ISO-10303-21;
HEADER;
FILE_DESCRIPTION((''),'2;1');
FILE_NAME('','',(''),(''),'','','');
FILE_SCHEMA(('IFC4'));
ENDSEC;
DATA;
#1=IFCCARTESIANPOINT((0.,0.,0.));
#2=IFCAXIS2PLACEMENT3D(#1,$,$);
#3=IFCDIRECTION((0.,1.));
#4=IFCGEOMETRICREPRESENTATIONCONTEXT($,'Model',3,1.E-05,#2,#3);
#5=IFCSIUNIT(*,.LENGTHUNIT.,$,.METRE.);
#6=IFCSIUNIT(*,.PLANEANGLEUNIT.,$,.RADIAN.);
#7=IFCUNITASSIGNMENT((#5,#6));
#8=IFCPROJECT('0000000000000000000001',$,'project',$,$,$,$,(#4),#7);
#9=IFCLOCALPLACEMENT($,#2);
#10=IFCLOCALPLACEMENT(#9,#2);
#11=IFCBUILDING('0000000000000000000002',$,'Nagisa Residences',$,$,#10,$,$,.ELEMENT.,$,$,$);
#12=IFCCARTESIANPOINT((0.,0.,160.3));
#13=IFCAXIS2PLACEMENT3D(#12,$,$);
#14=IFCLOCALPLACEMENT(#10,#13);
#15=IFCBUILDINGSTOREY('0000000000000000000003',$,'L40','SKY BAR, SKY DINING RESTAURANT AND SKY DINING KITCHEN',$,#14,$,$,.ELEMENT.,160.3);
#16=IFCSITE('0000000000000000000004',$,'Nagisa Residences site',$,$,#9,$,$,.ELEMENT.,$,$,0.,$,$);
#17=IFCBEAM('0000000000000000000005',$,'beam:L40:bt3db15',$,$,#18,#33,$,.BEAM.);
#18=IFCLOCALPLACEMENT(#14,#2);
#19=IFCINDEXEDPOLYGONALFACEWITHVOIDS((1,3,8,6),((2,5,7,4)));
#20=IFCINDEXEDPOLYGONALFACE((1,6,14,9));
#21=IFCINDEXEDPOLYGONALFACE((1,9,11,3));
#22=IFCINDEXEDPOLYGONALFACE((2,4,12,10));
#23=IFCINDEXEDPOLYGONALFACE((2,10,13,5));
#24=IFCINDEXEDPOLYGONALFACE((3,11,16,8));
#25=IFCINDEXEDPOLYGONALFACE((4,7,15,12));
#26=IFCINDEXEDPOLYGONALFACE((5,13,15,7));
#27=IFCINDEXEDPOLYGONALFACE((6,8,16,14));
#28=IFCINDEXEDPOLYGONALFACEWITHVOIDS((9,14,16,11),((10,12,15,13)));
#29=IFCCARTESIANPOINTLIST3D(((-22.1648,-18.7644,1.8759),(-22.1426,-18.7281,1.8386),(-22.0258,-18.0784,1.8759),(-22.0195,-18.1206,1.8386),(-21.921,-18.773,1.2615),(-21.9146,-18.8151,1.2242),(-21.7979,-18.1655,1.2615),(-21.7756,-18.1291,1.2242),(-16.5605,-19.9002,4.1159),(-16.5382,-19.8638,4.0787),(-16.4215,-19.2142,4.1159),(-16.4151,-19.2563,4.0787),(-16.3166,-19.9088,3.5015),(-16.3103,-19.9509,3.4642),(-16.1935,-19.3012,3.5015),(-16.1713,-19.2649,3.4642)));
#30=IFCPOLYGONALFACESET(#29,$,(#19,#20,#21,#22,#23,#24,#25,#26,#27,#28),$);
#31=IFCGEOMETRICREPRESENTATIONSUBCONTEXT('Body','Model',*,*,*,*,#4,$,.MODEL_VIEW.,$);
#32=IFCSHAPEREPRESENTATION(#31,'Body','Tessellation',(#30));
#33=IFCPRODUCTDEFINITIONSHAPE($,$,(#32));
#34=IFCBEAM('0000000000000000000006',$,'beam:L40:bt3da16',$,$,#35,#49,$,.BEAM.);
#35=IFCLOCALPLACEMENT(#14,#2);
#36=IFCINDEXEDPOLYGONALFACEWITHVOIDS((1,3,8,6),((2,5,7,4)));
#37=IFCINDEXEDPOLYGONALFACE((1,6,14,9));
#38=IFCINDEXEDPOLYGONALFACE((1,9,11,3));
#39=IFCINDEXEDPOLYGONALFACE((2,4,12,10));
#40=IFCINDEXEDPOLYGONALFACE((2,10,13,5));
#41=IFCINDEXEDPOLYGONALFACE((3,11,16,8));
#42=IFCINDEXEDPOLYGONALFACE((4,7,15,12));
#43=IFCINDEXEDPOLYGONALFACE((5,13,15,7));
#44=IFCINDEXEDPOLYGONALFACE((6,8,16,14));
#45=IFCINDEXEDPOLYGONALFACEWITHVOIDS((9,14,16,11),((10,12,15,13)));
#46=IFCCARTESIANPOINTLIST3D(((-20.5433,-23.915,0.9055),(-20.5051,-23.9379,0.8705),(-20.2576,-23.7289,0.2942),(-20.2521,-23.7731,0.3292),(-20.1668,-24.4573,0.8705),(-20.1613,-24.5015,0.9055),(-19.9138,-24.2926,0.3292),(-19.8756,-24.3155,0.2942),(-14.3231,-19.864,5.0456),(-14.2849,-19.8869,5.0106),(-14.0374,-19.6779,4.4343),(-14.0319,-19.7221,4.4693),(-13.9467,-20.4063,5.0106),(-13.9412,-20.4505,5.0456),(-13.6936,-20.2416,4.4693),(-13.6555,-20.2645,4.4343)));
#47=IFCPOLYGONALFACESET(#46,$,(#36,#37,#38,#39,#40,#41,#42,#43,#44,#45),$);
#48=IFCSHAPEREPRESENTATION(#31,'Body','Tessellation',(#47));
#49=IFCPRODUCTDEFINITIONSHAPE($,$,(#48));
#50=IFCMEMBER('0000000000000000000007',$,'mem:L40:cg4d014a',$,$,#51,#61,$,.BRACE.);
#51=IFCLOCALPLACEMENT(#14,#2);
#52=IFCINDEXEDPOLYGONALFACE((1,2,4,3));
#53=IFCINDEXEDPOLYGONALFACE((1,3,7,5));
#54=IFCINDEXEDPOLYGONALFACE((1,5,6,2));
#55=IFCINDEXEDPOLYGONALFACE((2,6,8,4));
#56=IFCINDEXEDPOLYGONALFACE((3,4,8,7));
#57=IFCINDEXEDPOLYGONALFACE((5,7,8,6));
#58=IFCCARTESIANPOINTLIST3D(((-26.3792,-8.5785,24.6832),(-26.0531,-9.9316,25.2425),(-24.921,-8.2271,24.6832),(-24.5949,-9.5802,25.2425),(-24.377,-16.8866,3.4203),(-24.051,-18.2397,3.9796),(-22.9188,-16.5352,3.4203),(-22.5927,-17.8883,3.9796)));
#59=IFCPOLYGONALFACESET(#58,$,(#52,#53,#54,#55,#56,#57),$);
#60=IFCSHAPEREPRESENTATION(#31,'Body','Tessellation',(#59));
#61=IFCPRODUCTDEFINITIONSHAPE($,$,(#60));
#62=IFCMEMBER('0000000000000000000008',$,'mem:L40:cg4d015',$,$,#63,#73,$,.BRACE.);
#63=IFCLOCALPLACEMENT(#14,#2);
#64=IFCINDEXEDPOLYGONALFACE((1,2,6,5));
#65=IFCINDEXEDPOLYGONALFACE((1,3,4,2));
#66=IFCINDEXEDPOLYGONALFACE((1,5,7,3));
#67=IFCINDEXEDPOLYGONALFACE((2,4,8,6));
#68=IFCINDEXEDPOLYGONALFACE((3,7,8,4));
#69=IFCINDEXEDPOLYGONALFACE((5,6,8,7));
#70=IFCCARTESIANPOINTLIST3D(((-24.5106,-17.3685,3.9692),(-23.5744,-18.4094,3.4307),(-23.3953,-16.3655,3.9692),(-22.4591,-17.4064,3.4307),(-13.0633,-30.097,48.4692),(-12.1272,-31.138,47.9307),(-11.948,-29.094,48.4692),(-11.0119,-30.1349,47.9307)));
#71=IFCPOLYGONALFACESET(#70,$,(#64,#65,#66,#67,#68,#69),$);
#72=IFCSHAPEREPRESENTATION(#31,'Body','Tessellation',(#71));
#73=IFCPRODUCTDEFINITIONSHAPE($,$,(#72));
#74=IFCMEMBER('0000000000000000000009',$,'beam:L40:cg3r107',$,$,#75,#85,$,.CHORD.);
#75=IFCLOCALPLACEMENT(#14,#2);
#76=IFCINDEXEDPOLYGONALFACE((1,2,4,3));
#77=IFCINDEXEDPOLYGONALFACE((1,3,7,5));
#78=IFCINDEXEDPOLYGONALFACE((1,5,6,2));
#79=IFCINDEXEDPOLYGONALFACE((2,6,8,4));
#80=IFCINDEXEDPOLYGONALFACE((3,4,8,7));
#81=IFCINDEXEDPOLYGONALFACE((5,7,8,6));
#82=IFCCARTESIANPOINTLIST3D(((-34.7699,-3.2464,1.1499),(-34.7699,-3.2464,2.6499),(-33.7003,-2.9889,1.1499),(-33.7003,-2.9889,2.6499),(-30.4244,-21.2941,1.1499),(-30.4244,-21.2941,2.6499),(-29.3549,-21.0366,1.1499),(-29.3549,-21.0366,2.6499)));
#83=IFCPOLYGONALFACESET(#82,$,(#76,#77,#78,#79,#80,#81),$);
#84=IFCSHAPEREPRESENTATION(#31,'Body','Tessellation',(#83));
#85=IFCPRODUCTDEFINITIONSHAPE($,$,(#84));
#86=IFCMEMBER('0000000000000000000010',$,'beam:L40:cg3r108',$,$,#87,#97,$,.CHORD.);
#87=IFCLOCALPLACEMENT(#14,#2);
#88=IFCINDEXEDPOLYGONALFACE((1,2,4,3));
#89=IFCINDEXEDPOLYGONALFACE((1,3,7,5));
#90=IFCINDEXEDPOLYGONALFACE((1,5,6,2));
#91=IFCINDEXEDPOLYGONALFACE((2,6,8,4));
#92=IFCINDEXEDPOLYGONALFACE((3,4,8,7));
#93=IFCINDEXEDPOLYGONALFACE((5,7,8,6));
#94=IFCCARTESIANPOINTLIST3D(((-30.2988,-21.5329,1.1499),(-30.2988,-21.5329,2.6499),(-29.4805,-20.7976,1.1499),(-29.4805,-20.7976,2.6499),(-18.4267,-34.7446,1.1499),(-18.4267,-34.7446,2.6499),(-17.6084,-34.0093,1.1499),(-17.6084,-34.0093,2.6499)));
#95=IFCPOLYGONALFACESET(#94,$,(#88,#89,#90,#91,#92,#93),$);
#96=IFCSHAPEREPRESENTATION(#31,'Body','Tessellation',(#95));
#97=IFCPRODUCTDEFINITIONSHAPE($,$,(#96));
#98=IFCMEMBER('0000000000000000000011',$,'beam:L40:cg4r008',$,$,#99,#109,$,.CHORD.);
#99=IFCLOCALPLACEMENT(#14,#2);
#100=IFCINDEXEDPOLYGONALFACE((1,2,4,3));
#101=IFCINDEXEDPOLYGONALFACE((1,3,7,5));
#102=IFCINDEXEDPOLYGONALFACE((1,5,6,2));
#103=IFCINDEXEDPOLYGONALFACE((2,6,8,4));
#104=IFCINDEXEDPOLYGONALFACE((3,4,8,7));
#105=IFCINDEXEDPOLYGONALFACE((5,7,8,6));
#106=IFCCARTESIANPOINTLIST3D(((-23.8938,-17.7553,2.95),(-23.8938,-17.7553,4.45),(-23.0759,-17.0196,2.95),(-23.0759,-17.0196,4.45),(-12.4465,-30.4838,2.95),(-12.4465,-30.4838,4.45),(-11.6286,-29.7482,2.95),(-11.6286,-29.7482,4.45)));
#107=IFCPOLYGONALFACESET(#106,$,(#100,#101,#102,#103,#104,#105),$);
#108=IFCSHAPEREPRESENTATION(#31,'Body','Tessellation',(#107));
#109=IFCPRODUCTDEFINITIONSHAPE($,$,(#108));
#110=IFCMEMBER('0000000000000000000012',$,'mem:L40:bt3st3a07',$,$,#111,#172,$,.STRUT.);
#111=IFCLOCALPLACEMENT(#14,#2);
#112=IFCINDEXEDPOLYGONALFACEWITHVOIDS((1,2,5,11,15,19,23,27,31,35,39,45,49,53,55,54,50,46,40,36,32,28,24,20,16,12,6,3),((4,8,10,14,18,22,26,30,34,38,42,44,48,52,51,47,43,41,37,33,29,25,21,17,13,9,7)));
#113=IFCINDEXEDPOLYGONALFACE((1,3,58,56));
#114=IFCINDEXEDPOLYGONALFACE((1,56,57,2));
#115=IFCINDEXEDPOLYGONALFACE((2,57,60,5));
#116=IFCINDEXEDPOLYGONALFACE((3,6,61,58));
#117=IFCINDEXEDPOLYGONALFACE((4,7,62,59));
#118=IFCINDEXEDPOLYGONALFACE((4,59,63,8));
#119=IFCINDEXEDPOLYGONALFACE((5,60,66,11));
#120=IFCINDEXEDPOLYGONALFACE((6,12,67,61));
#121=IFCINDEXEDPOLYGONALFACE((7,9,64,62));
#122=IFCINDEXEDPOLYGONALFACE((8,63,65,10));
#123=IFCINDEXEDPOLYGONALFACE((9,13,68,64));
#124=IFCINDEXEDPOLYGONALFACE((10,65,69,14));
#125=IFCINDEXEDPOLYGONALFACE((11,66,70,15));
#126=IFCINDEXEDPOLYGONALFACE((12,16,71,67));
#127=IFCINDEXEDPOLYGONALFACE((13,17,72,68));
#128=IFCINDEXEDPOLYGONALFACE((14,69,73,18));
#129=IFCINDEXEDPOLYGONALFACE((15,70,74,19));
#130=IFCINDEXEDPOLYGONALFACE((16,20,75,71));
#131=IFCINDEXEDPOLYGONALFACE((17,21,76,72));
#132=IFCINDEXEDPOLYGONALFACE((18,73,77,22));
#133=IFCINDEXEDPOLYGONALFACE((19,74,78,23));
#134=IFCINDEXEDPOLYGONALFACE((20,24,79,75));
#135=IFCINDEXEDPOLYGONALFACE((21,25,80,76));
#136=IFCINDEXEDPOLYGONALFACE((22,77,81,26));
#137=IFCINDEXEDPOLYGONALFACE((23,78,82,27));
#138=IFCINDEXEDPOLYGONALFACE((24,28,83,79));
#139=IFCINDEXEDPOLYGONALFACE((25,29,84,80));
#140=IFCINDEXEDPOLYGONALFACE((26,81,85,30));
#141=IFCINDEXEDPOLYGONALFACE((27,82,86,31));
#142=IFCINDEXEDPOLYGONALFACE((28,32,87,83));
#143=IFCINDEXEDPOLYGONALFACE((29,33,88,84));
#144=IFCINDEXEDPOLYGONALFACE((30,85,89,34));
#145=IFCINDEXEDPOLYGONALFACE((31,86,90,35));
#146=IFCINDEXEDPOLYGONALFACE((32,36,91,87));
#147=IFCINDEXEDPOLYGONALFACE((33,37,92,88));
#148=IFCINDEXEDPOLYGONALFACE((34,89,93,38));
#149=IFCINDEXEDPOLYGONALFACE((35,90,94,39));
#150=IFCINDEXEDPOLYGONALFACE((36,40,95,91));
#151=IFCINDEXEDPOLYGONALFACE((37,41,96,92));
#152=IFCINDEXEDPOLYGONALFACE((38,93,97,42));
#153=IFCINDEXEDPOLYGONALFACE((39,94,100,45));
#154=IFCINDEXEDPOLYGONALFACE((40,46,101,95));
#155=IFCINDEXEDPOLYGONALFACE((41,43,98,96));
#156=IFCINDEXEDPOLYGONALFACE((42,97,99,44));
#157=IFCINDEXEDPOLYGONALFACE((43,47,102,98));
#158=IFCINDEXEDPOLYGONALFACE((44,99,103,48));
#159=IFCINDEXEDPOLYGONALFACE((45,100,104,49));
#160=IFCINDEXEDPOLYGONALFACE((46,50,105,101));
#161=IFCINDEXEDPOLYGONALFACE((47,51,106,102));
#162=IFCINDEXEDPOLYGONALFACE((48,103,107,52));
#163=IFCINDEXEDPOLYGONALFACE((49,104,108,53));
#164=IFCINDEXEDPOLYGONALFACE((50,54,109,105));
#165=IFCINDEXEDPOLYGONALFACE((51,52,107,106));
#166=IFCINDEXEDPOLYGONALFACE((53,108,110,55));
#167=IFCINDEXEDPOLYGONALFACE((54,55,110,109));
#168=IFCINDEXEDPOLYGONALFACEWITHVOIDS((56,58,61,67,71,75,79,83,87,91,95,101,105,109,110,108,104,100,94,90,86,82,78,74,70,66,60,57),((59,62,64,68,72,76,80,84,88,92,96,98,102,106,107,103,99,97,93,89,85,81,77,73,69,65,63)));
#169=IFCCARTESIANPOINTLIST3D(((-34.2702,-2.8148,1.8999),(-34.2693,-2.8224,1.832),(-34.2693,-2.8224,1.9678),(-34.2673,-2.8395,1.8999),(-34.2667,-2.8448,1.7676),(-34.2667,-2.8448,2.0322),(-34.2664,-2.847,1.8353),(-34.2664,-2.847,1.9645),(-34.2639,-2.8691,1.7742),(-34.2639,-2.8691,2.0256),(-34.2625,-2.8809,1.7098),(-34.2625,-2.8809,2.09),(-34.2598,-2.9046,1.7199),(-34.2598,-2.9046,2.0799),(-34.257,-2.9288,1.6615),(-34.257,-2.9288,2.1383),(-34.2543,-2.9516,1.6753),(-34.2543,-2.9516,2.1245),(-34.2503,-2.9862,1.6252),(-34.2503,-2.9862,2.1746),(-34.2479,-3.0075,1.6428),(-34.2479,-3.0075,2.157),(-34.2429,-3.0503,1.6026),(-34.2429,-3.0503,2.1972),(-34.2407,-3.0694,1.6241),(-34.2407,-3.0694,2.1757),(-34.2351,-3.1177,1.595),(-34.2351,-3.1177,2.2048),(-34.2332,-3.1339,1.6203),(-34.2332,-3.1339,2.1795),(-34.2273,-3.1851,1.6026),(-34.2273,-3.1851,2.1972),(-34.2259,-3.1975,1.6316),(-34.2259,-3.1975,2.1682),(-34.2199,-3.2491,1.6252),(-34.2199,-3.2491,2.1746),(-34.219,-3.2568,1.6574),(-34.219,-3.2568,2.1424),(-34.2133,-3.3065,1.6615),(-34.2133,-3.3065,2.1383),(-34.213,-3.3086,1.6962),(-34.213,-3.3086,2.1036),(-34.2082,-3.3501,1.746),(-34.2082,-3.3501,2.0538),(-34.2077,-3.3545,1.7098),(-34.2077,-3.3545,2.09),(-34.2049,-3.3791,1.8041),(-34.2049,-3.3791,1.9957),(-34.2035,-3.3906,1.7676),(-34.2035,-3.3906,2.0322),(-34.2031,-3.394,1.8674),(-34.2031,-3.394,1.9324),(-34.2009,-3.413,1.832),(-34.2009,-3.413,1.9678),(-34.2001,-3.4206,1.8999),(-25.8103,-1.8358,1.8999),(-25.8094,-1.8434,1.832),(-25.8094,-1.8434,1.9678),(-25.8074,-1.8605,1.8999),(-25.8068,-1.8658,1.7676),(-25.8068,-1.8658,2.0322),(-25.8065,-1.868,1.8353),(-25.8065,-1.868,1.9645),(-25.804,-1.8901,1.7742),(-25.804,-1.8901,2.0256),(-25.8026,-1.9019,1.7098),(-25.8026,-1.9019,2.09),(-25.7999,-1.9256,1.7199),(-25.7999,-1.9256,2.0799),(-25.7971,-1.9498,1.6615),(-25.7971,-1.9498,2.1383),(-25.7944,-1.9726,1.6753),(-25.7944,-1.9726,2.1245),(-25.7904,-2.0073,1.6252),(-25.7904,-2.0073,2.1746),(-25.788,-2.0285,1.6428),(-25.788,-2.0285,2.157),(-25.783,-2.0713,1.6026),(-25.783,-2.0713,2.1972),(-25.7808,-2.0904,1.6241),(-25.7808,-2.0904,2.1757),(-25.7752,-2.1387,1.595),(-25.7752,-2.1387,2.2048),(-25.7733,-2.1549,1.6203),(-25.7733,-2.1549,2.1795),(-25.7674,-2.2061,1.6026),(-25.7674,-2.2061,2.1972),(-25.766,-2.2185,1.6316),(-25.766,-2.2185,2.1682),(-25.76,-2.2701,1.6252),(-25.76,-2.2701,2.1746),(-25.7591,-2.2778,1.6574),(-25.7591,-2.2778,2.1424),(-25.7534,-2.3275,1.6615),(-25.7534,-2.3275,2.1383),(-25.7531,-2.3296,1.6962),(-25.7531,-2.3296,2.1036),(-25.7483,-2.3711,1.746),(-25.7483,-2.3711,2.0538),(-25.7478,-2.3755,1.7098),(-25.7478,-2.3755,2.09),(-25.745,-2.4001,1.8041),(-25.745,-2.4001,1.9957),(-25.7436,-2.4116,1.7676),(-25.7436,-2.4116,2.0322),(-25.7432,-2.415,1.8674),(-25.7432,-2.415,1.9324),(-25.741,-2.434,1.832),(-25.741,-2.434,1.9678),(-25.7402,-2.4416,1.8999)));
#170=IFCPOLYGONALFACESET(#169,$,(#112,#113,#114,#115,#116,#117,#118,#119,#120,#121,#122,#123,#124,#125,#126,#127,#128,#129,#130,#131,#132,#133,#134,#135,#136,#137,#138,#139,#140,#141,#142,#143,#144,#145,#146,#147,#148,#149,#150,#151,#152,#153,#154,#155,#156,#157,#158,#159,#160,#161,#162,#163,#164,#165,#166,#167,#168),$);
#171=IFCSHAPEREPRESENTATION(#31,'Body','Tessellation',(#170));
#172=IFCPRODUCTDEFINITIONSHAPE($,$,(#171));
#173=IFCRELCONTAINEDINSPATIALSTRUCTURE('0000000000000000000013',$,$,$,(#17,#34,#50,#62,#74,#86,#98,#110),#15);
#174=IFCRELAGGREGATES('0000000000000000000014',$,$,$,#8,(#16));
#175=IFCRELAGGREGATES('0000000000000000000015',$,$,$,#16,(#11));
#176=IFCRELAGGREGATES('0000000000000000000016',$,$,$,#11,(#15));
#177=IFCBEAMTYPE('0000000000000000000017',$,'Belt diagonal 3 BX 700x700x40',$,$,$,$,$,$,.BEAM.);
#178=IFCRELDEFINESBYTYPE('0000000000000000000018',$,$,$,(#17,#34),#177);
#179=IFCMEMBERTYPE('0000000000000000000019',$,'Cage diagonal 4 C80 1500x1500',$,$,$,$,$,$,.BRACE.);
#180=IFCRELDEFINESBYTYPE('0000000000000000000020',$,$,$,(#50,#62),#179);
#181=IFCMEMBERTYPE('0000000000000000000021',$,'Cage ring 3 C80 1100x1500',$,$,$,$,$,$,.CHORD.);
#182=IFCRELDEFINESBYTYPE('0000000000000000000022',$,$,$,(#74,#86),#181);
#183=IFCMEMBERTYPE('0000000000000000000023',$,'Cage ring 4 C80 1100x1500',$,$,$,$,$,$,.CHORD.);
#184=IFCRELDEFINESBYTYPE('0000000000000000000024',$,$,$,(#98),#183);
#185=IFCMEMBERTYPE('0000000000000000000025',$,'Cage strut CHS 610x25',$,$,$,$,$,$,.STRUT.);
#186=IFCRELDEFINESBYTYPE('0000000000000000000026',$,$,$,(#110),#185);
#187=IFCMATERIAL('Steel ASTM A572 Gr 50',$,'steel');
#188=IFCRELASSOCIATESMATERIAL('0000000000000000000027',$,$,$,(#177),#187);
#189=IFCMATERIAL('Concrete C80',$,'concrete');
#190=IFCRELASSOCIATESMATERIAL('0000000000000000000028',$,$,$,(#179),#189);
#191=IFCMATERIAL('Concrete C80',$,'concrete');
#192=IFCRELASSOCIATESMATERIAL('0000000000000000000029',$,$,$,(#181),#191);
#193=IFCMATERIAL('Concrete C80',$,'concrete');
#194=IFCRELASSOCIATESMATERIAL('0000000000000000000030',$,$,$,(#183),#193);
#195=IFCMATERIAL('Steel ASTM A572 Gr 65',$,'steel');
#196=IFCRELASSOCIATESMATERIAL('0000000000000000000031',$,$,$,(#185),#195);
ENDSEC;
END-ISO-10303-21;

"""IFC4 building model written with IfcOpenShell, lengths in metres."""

from ifc_helpers import new_model, si_unit, direction, frame, origin, origin_2d, place, context, subcontext, project, spatial, rectangle, hollow_rectangle, hollow_circle, extrude, material, material_profile, profile_set, type_object, element, save


model = new_model("IFC4")

# Units and contexts
model_context = context("Model", 3, precision=1e-05, world=origin(), true_north=direction((0.0, 1.0)))
body_context = subcontext(model_context, "Body", "Model", "MODEL_VIEW")
ifc_project = project(units=[si_unit("LENGTHUNIT", "METRE"), si_unit("PLANEANGLEUNIT", "RADIAN")], contexts=[model_context])

# Site, building, storey
site_placement = place(None, origin())
site = spatial("IfcSite", under=ifc_project, at=site_placement, Name="Nagisa Residences site", CompositionType="ELEMENT", RefElevation=0.0)
building_placement = place(site_placement, origin())
building = spatial("IfcBuilding", under=site, at=building_placement, Name="Nagisa Residences", CompositionType="ELEMENT")
storey_placement = place(building_placement, frame((0.0, 0.0, 160.3)))
storey = spatial("IfcBuildingStorey", under=building, at=storey_placement, Name="L40", Description="SKY BAR, SKY DINING RESTAURANT AND SKY DINING KITCHEN", CompositionType="ELEMENT", Elevation=160.3)

# Beams
ifc_material_1 = material(Name="Steel ASTM A572 Gr 50", Category="steel")
ifc_material_profile_1 = material_profile(ifc_material_1, hollow_rectangle(XDim=0.7, YDim=0.7, WallThickness=0.04, at=origin_2d()), Name="BX 700x700x40")
ifc_profile_set_1 = profile_set([ifc_material_profile_1], Name="Steel ASTM A572 Gr 50")
beam_type = type_object("IfcBeamType", Name="Belt diagonal 3 BX 700x700x40", PredefinedType="BEAM", material=ifc_profile_set_1)
beam_1_placement = place(storey_placement, frame((-21.9702, -18.4468, 1.55), z_axis=(0.912557, -0.184936, 0.364744), x_axis=(0.19862, 0.980077, 0.0)))
element("IfcBeam", 1, at=beam_1_placement, inside=storey, type_object=beam_type, Name="beam:L40:bt3db15", PredefinedType="BEAM", context=body_context, shape_type="SweptSolid", body=[
    extrude(hollow_rectangle(XDim=0.7, YDim=0.7, WallThickness=0.04, at=origin_2d()), origin(), (0.0, 0.0, 1.0), 6.1414),
])
beam_2_placement = place(storey_placement, frame((-20.2095, -24.1152, 0.5999), z_axis=(0.731827, 0.476616, 0.4871), x_axis=(-0.545735, 0.837958, 0.0)))
element("IfcBeam", 2, at=beam_2_placement, inside=storey, type_object=beam_type, Name="beam:L40:bt3da16", PredefinedType="BEAM", context=body_context, shape_type="SweptSolid", body=[
    extrude(hollow_rectangle(XDim=0.7, YDim=0.7, WallThickness=0.04, at=origin_2d()), origin(), (0.0, 0.0, 1.0), 8.4995),
])

# Members
ifc_material_2 = material(Name="Concrete C80", Category="concrete")
ifc_material_profile_2 = material_profile(ifc_material_2, rectangle(XDim=1.5, YDim=1.5, at=origin_2d()), Name="C80 1500x1500")
ifc_profile_set_2 = profile_set([ifc_material_profile_2], Name="Concrete C80")
member_type_1 = type_object("IfcMemberType", Name="Cage diagonal 4 C80 1500x1500", PredefinedType="BRACE", material=ifc_profile_set_2)
member_1_placement = place(storey_placement, frame((-23.4849, -17.3875, 3.7), z_axis=(-0.087371, 0.362545, 0.927862), x_axis=(-0.972168, -0.234286, 0.0)))
element("IfcMember", 3, at=member_1_placement, inside=storey, type_object=member_type_1, Name="mem:L40:cg4d014a", PredefinedType="BRACE", context=body_context, shape_type="SweptSolid", body=[
    extrude(rectangle(XDim=1.5, YDim=1.5, at=origin_2d()), origin(), (0.0, 0.0, 1.0), 22.916),
])
member_2_placement = place(storey_placement, frame((-23.4849, -17.3875, 3.7), z_axis=(0.240089, -0.266962, 0.933321), x_axis=(0.743538, 0.668694, 0.0)))
element("IfcMember", 4, at=member_2_placement, inside=storey, type_object=member_type_1, Name="mem:L40:cg4d015", PredefinedType="BRACE", context=body_context, shape_type="SweptSolid", body=[
    extrude(rectangle(XDim=1.5, YDim=1.5, at=origin_2d()), origin(), (0.0, 0.0, 1.0), 47.6792),
])
ifc_material_3 = material(Name="Concrete C80", Category="concrete")
ifc_material_profile_3 = material_profile(ifc_material_3, rectangle(XDim=1.1001, YDim=1.5, at=origin_2d()), Name="C80 1100x1500")
ifc_profile_set_3 = profile_set([ifc_material_profile_3], Name="Concrete C80")
member_type_2 = type_object("IfcMemberType", Name="Cage ring 3 C80 1100x1500", PredefinedType="CHORD", material=ifc_profile_set_3)
member_3_placement = place(storey_placement, frame((-34.2351, -3.1177, 1.8999), z_axis=(0.234088, -0.972215, 0.0), x_axis=(0.972215, 0.234088, 0.0)))
element("IfcMember", 5, at=member_3_placement, inside=storey, type_object=member_type_2, Name="beam:L40:cg3r107", PredefinedType="CHORD", context=body_context, shape_type="SweptSolid", body=[
    extrude(rectangle(XDim=1.1001, YDim=1.5, at=origin_2d()), origin(), (0.0, 0.0, 1.0), 18.5635),
])
member_4_placement = place(storey_placement, frame((-29.8896, -21.1653, 1.8999), z_axis=(0.668391, -0.74381, 0.0), x_axis=(0.74381, 0.668391, 0.0)))
element("IfcMember", 6, at=member_4_placement, inside=storey, type_object=member_type_2, Name="beam:L40:cg3r108", PredefinedType="CHORD", context=body_context, shape_type="SweptSolid", body=[
    extrude(rectangle(XDim=1.1001, YDim=1.5, at=origin_2d()), origin(), (0.0, 0.0, 1.0), 17.7622),
])
ifc_material_4 = material(Name="Concrete C80", Category="concrete")
ifc_material_profile_4 = material_profile(ifc_material_4, rectangle(XDim=1.1001, YDim=1.5, at=origin_2d()), Name="C80 1100x1500")
ifc_profile_set_4 = profile_set([ifc_material_profile_4], Name="Concrete C80")
member_type_3 = type_object("IfcMemberType", Name="Cage ring 4 C80 1100x1500", PredefinedType="CHORD", material=ifc_profile_set_4)
member_5_placement = place(storey_placement, frame((-23.4849, -17.3875, 3.7), z_axis=(0.668694, -0.743538, 0.0), x_axis=(0.743538, 0.668694, 0.0)))
element("IfcMember", 7, at=member_5_placement, inside=storey, type_object=member_type_3, Name="beam:L40:cg4r008", PredefinedType="CHORD", context=body_context, shape_type="SweptSolid", body=[
    extrude(rectangle(XDim=1.1001, YDim=1.5, at=origin_2d()), origin(), (0.0, 0.0, 1.0), 17.1189),
])
ifc_material_5 = material(Name="Steel ASTM A572 Gr 65", Category="steel")
ifc_material_profile_5 = material_profile(ifc_material_5, hollow_circle(Radius=0.3049, WallThickness=0.0249, at=origin_2d()), Name="CHS 610x25")
ifc_profile_set_5 = profile_set([ifc_material_profile_5], Name="Steel ASTM A572 Gr 65")
member_type_4 = type_object("IfcMemberType", Name="Cage strut CHS 610x25", PredefinedType="STRUT", material=ifc_profile_set_5)
member_6_placement = place(storey_placement, frame((-34.2351, -3.1177, 1.8999), z_axis=(0.993371, 0.114955, 0.0), x_axis=(-0.114955, 0.993371, 0.0)))
element("IfcMember", 8, at=member_6_placement, inside=storey, type_object=member_type_4, Name="mem:L40:bt3st3a07", PredefinedType="STRUT", context=body_context, shape_type="SweptSolid", body=[
    extrude(hollow_circle(Radius=0.3049, WallThickness=0.0249, at=origin_2d()), origin(), (0.0, 0.0, 1.0), 8.5164),
])

save(model, "model.ifc")
